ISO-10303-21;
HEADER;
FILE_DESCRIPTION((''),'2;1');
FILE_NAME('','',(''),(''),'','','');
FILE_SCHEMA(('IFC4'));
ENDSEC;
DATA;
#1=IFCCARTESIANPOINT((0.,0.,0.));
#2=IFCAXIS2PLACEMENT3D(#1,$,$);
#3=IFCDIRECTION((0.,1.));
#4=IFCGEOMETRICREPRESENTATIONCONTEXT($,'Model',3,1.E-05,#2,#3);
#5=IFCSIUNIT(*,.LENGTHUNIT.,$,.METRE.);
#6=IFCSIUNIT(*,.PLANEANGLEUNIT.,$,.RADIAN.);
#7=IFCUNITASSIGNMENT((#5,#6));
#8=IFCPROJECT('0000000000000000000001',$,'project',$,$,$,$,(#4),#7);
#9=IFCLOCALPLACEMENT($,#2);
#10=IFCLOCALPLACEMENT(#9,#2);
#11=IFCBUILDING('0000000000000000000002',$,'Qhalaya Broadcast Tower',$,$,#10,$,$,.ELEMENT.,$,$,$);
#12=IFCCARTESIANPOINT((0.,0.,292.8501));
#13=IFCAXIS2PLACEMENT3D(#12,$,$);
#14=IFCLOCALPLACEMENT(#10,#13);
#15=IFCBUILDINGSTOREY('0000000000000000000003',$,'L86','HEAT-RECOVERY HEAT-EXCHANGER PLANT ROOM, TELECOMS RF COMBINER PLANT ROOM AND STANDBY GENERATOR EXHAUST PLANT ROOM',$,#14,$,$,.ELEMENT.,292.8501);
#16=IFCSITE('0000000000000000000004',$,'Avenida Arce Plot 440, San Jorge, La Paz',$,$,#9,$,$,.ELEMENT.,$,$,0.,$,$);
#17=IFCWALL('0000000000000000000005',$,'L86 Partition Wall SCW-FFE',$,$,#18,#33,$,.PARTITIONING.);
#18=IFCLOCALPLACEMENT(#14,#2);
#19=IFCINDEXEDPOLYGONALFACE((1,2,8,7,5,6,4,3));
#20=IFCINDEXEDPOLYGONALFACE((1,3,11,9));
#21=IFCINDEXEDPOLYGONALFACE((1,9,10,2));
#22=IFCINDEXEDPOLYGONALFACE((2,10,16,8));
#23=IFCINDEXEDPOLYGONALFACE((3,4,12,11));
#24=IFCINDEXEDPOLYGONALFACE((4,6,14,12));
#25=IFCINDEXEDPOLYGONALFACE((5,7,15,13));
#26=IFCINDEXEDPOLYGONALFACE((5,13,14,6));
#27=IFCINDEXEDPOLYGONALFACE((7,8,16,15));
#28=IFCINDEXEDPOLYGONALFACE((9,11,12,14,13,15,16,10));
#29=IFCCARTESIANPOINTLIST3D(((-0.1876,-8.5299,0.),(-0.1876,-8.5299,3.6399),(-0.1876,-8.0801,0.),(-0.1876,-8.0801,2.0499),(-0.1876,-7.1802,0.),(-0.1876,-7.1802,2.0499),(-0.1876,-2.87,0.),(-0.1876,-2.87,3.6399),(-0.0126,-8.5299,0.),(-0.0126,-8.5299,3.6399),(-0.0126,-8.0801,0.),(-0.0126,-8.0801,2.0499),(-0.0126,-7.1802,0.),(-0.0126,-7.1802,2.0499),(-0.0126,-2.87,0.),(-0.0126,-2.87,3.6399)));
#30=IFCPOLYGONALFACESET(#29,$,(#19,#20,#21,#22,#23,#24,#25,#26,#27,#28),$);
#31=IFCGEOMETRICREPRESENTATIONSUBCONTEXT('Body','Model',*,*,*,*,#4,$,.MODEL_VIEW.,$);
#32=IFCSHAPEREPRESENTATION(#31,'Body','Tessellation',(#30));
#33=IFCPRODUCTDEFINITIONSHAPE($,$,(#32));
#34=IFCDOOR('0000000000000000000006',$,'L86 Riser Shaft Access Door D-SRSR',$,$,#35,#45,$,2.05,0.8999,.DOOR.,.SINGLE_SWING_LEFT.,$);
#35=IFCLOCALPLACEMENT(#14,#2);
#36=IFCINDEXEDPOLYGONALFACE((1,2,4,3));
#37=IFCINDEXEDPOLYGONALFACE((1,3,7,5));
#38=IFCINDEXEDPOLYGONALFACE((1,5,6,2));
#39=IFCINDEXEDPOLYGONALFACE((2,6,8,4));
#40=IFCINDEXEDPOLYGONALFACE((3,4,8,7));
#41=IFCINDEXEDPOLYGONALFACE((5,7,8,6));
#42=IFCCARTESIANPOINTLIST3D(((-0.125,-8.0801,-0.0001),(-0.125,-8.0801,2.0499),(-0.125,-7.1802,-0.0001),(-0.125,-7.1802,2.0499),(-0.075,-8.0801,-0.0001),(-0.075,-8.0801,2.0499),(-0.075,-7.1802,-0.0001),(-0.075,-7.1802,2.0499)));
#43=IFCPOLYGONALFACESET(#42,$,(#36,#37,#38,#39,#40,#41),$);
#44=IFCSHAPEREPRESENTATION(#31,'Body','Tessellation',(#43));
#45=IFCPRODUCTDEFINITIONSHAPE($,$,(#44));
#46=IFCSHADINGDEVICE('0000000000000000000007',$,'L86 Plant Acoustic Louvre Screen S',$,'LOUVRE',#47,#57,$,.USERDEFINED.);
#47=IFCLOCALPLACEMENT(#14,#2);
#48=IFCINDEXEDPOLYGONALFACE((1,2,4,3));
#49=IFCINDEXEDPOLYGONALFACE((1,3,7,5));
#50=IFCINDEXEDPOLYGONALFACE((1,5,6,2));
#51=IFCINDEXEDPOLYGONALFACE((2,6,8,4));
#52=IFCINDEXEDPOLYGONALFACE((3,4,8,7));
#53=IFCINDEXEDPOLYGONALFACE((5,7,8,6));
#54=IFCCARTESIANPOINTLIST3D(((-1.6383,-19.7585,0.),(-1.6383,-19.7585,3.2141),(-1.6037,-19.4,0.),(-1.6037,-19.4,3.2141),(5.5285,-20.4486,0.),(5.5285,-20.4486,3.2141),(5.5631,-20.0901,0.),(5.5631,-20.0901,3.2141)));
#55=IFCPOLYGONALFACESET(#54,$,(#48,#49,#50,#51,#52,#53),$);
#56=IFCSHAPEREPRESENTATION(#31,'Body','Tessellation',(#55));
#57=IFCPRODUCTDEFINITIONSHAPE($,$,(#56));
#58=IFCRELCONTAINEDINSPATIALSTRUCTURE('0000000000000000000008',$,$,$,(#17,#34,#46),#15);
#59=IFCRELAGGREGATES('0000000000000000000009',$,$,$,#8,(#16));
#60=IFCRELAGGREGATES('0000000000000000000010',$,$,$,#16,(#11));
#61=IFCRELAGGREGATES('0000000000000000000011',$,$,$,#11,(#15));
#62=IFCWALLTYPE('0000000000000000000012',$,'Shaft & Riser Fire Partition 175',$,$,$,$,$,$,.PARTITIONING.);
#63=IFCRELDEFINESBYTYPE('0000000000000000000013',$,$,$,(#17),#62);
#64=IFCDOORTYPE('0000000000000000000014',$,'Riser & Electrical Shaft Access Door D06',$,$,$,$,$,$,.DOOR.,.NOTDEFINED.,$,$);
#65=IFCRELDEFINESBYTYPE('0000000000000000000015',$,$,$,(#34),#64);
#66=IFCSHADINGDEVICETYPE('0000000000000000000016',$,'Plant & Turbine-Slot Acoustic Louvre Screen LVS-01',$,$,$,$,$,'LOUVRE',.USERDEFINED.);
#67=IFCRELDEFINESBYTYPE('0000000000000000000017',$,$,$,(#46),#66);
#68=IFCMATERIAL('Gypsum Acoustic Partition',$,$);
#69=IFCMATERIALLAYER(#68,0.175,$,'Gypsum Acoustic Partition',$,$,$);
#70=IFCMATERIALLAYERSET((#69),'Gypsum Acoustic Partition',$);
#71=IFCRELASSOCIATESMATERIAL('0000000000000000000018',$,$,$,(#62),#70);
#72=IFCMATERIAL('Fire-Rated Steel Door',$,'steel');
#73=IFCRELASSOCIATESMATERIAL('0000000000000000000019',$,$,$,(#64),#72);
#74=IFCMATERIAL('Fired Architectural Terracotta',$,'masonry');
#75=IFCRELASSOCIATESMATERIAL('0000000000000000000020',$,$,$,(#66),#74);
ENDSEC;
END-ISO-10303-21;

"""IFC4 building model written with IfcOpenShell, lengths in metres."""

from ifc_helpers import new_model, si_unit, direction, frame, frame_2d, origin, origin_2d, place, context, subcontext, project, spatial, rectangle, extrude, material, layer, layer_set, type_object, element, fill, save


model = new_model("IFC4")

# Units and contexts
model_context = context("Model", 3, precision=1e-05, world=origin(), true_north=direction((0.0, 1.0)))
body_context = subcontext(model_context, "Body", "Model", "MODEL_VIEW")
ifc_project = project(units=[si_unit("LENGTHUNIT", "METRE"), si_unit("PLANEANGLEUNIT", "RADIAN")], contexts=[model_context])

# Site, building, storey
site_placement = place(None, origin())
site = spatial("IfcSite", under=ifc_project, at=site_placement, Name="Avenida Arce Plot 440, San Jorge, La Paz", CompositionType="ELEMENT", RefElevation=0.0)
building_placement = place(site_placement, origin())
building = spatial("IfcBuilding", under=site, at=building_placement, Name="Qhalaya Broadcast Tower", CompositionType="ELEMENT")
storey_placement = place(building_placement, frame((0.0, 0.0, 292.8501)))
storey = spatial("IfcBuildingStorey", under=building, at=storey_placement, Name="L86", Description="HEAT-RECOVERY HEAT-EXCHANGER PLANT ROOM, TELECOMS RF COMBINER PLANT ROOM AND STANDBY GENERATOR EXHAUST PLANT ROOM", CompositionType="ELEMENT", Elevation=292.8501)

# Shared definitions
ifc_material_1 = material(Name="Gypsum Acoustic Partition")

# Shared definitions
ifc_material_2 = material(Name="Fire-Rated Steel Door", Category="steel")

# Wall, opening, door
ifc_layer_1 = layer(ifc_material_1, 0.175, Name="Gypsum Acoustic Partition")
ifc_layer_set_1 = layer_set([ifc_layer_1], Name="Gypsum Acoustic Partition")
wall_type_1 = type_object("IfcWallType", Name="Shaft & Riser Fire Partition 175", PredefinedType="PARTITIONING", material=ifc_layer_set_1)
wall_1_placement = place(storey_placement, frame((-0.1001, -8.53, 0.0), z_axis=(0.0, 0.0, 1.0), x_axis=(0.0, 1.0, 0.0)))
wall_1 = element("IfcWall", 1, at=wall_1_placement, inside=storey, type_object=wall_type_1, Name="L86 Partition Wall SCW-FFE", PredefinedType="PARTITIONING", context=body_context, shape_type="SweptSolid", body=[
    extrude(rectangle(XDim=5.6599, YDim=0.175, at=frame_2d((2.8301, 0.0))), origin(), (0.0, 0.0, 1.0), 3.6399),
])
opening_1_placement = place(wall_1_placement, frame((0.45, 0.0, 0.0)))
opening_1 = element("IfcOpeningElement", 2, at=opening_1_placement, cuts=wall_1, PredefinedType="OPENING", context=body_context, shape_type="SweptSolid", body=[
    extrude(rectangle(XDim=0.8999, YDim=2.05, at=frame_2d((0.45, 1.0249))), frame((0.0, 0.0996, 0.0), z_axis=(0.0, -1.0, 0.0), x_axis=(1.0, 0.0, 0.0)), (0.0, 0.0, 1.0), 0.199),
])
door_type_1 = type_object("IfcDoorType", Name="Riser & Electrical Shaft Access Door D06", OperationType="NOTDEFINED", PredefinedType="DOOR", material=ifc_material_2)
door_1_placement = place(opening_1_placement, origin())
door_1 = element("IfcDoor", 3, at=door_1_placement, inside=storey, type_object=door_type_1, Name="L86 Riser Shaft Access Door D-SRSR", OperationType="SINGLE_SWING_LEFT", OverallHeight=2.05, OverallWidth=0.8999, PredefinedType="DOOR", context=body_context, shape_type="SweptSolid", body=[
    extrude(rectangle(XDim=0.8999, YDim=2.05, at=frame_2d((0.45, 1.0249))), frame((0.0, 0.0249, 0.0), z_axis=(0.0, -1.0, 0.0), x_axis=(1.0, 0.0, 0.0)), (0.0, 0.0, 1.0), 0.05),
])
fill(opening_1, door_1)

# Shading device
ifc_material_3 = material(Name="Fired Architectural Terracotta", Category="masonry")
shading_device_type = type_object("IfcShadingDeviceType", Name="Plant & Turbine-Slot Acoustic Louvre Screen LVS-01", ElementType="LOUVRE", PredefinedType="USERDEFINED", material=ifc_material_3)
shading_device_placement = place(storey_placement, frame((1.9624, -19.9243, 0.0), z_axis=(0.0, 0.0, 1.0), x_axis=(-0.995396, 0.095846, 0.0)))
element("IfcShadingDevice", 4, at=shading_device_placement, inside=storey, type_object=shading_device_type, Name="L86 Plant Acoustic Louvre Screen S", ObjectType="LOUVRE", PredefinedType="USERDEFINED", context=body_context, shape_type="SweptSolid", body=[
    extrude(rectangle(XDim=7.2, YDim=0.3601, at=origin_2d()), origin(), (0.0, 0.0, 1.0), 3.2141),
])

save(model, "model.ifc")
